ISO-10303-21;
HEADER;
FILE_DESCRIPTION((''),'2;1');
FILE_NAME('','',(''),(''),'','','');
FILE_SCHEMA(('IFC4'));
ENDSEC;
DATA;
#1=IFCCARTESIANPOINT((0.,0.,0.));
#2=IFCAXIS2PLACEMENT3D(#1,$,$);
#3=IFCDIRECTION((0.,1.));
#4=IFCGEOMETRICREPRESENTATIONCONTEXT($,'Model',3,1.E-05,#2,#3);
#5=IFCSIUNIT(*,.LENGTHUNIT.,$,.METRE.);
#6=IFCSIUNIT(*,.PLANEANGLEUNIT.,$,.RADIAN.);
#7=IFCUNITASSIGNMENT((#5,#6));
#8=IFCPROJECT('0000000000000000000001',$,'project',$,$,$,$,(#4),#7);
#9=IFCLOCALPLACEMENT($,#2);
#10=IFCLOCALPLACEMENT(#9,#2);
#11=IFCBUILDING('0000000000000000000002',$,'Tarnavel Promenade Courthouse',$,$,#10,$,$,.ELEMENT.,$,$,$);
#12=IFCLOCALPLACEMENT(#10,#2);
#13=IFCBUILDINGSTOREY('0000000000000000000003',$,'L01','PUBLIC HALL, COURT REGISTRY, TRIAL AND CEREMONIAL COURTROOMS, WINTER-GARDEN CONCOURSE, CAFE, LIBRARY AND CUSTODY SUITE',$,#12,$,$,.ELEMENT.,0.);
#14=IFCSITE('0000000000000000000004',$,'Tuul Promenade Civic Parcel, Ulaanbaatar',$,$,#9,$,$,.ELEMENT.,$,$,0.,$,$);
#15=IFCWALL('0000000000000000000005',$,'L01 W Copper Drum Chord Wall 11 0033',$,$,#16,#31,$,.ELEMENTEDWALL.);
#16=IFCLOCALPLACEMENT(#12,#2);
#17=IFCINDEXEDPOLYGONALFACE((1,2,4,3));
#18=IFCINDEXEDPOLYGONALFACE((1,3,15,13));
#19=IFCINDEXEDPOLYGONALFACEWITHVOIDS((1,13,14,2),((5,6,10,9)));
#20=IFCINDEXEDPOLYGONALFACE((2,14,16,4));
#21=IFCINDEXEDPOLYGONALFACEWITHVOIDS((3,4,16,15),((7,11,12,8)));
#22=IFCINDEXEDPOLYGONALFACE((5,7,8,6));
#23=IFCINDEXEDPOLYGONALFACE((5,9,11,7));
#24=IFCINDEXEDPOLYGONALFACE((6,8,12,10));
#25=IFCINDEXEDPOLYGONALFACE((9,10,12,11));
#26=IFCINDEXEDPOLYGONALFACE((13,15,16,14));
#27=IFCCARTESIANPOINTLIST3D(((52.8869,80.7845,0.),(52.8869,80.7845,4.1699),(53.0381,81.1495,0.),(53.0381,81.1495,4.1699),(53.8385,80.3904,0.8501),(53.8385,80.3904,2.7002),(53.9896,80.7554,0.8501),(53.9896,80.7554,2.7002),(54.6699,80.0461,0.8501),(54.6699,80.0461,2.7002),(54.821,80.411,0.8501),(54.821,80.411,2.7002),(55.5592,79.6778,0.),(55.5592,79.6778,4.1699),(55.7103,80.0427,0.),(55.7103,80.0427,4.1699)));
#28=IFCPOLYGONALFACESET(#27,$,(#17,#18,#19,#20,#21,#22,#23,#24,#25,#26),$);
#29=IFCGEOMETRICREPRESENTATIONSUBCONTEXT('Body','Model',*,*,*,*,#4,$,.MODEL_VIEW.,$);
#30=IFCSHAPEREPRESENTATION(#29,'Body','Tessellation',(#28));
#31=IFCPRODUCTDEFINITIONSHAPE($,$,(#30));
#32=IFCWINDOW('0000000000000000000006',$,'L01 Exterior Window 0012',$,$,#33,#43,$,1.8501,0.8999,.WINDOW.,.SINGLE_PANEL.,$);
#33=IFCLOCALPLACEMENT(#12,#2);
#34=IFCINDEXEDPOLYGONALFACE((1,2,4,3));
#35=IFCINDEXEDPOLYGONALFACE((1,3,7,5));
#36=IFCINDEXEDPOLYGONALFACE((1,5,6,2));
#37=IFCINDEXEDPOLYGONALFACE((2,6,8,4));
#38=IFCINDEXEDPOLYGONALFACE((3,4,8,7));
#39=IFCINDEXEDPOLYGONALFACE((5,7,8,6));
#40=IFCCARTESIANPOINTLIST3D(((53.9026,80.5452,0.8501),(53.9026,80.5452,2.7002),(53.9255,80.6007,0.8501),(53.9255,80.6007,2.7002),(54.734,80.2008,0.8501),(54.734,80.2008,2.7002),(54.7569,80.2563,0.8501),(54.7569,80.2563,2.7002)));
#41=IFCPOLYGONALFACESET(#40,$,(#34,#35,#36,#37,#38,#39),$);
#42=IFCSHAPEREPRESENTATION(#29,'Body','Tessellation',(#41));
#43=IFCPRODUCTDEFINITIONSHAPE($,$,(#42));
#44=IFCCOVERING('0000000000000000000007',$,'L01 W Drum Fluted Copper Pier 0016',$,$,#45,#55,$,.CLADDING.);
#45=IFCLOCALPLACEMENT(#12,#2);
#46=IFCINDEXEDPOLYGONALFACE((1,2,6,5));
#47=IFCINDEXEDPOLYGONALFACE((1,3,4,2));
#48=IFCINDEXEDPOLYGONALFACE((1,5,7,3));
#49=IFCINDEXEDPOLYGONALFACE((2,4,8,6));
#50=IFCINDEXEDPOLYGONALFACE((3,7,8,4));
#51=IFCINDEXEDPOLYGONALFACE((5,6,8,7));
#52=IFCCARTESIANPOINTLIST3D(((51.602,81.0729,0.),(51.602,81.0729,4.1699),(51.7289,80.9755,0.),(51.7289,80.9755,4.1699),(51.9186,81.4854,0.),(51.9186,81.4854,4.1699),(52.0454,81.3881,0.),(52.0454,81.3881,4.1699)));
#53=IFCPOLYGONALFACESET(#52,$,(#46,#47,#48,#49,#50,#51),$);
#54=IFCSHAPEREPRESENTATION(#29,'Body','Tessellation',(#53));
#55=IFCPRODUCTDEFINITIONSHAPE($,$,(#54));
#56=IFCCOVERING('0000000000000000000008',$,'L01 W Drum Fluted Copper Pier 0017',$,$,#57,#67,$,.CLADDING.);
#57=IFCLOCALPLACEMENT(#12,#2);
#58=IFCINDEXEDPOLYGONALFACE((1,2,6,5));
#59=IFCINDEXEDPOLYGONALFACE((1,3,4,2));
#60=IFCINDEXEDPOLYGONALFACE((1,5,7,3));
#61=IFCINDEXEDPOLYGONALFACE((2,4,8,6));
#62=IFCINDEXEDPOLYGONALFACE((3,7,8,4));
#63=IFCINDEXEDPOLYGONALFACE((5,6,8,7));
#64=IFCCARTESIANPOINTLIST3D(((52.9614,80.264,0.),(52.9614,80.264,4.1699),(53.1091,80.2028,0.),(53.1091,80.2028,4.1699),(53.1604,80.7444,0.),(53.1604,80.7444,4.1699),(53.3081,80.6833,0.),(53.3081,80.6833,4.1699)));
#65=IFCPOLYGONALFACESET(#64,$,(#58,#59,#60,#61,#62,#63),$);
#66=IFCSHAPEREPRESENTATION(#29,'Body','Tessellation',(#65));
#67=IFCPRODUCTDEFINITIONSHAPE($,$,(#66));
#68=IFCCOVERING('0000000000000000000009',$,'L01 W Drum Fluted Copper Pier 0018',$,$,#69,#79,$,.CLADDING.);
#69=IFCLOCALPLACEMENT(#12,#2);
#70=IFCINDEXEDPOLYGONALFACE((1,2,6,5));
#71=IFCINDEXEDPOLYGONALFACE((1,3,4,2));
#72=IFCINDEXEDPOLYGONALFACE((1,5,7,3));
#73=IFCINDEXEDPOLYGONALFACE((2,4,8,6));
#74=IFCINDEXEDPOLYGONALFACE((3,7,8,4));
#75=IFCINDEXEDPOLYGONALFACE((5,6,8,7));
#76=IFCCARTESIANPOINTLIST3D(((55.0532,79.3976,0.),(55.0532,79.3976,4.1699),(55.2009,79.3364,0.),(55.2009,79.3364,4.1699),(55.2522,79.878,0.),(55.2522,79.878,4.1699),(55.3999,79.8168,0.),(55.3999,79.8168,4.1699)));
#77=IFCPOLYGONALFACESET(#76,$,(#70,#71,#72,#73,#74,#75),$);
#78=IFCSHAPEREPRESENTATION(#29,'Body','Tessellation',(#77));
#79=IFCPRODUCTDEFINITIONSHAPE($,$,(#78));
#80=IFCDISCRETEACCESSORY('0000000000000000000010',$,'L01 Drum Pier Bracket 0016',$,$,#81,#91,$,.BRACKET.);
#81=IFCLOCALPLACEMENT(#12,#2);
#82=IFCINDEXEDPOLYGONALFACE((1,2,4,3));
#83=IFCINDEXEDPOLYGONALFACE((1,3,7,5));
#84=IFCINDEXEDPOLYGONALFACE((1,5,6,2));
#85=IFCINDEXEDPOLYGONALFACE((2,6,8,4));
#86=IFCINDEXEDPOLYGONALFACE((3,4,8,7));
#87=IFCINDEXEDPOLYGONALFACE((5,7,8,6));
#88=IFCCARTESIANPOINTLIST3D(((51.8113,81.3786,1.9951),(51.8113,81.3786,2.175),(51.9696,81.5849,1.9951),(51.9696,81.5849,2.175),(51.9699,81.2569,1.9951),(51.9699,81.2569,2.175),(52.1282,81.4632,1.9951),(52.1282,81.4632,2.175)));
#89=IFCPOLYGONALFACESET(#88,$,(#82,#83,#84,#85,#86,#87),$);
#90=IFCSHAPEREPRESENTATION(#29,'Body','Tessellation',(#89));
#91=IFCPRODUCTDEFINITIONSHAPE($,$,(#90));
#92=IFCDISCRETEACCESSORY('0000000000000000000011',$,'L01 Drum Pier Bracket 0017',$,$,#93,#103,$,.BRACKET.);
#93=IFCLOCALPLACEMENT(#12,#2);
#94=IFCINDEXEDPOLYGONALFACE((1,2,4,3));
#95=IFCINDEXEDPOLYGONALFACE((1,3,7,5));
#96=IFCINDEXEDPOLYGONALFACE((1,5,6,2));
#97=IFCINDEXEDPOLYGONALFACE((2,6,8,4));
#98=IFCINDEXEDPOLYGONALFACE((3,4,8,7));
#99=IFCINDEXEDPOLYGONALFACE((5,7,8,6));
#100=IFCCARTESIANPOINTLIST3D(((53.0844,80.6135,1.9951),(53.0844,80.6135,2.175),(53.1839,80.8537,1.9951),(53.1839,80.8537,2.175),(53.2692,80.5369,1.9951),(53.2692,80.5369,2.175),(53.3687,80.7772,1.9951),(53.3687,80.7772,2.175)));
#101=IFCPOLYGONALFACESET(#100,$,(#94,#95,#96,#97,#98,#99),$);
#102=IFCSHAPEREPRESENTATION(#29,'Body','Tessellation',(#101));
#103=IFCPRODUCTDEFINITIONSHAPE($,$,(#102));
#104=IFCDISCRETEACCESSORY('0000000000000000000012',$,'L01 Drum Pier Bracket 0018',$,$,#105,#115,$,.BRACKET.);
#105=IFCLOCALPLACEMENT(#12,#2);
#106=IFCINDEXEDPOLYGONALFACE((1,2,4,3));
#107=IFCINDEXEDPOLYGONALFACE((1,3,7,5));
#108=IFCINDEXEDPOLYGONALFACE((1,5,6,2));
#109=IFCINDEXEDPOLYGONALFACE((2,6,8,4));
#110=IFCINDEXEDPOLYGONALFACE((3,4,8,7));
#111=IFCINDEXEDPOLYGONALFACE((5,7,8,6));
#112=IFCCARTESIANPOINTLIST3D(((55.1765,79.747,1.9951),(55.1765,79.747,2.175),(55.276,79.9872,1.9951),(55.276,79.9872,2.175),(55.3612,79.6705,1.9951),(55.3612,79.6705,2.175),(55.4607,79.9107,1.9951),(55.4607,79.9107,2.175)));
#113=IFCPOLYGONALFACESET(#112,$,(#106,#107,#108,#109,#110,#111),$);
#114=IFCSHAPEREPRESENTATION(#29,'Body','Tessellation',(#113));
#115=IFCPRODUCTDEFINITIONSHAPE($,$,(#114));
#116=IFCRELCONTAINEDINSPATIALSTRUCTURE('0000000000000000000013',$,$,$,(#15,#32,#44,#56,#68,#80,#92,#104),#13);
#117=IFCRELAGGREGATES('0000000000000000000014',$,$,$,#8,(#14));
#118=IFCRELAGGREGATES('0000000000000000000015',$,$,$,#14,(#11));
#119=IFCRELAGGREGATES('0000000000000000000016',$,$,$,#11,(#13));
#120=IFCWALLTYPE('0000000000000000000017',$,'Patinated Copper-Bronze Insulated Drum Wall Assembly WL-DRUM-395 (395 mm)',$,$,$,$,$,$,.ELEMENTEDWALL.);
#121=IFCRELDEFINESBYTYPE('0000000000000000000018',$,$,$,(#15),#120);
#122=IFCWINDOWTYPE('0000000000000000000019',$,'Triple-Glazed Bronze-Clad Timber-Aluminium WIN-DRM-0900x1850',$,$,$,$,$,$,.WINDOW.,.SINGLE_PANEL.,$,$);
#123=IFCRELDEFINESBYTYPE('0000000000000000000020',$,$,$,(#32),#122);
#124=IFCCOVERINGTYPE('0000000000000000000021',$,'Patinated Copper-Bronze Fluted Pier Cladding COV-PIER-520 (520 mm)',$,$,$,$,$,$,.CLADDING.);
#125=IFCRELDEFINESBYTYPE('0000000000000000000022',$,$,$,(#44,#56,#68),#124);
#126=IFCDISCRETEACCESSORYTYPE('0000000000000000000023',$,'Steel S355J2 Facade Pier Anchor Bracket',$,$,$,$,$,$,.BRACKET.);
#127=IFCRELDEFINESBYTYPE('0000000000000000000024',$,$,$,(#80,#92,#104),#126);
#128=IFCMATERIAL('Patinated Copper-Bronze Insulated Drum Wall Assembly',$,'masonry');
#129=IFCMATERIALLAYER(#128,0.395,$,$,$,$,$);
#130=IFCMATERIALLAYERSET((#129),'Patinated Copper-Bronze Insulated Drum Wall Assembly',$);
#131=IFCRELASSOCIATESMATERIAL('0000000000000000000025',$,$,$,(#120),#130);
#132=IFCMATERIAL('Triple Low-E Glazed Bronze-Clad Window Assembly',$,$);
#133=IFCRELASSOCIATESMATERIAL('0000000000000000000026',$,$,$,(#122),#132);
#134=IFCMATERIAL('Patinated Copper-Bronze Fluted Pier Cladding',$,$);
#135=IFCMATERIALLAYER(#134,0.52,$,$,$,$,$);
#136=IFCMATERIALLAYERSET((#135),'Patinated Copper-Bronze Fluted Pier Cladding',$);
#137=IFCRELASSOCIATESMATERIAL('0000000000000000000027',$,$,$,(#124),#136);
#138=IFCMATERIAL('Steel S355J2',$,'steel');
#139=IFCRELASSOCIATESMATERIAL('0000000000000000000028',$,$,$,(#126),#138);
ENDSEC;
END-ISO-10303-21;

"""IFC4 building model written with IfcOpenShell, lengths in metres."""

from ifc_helpers import new_model, si_unit, direction, frame, frame_2d, origin, origin_2d, place, context, subcontext, project, spatial, rectangle, extrude, material, layer, layer_set, type_object, element, fill, save


model = new_model("IFC4")

# Units and contexts
model_context = context("Model", 3, precision=1e-05, world=origin(), true_north=direction((0.0, 1.0)))
body_context = subcontext(model_context, "Body", "Model", "MODEL_VIEW")
ifc_project = project(units=[si_unit("LENGTHUNIT", "METRE"), si_unit("PLANEANGLEUNIT", "RADIAN")], contexts=[model_context])

# Site, building, storey
site_placement = place(None, origin())
site = spatial("IfcSite", under=ifc_project, at=site_placement, Name="Tuul Promenade Civic Parcel, Ulaanbaatar", CompositionType="ELEMENT", RefElevation=0.0)
building_placement = place(site_placement, origin())
building = spatial("IfcBuilding", under=site, at=building_placement, Name="Tarnavel Promenade Courthouse", CompositionType="ELEMENT")
storey_placement = place(building_placement, origin())
storey = spatial("IfcBuildingStorey", under=building, at=storey_placement, Name="L01", Description="PUBLIC HALL, COURT REGISTRY, TRIAL AND CEREMONIAL COURTROOMS, WINTER-GARDEN CONCOURSE, CAFE, LIBRARY AND CUSTODY SUITE", CompositionType="ELEMENT", Elevation=0.0)

# Shared definitions
ifc_material_1 = material(Name="Steel S355J2", Category="steel")

# Wall, opening, window
ifc_material_2 = material(Name="Patinated Copper-Bronze Insulated Drum Wall Assembly", Category="masonry")
ifc_layer_1 = layer(ifc_material_2, 0.395)
ifc_layer_set_1 = layer_set([ifc_layer_1], Name="Patinated Copper-Bronze Insulated Drum Wall Assembly")
wall_type = type_object("IfcWallType", Name="Patinated Copper-Bronze Insulated Drum Wall Assembly WL-DRUM-395 (395 mm)", PredefinedType="ELEMENTEDWALL", material=ifc_layer_set_1)
wall_placement = place(storey_placement, frame((52.9624, 80.967, 0.0), z_axis=(0.0, 0.0, 1.0), x_axis=(0.923896, -0.382643, 0.0)))
wall = element("IfcWall", 1, at=wall_placement, inside=storey, type_object=wall_type, Name="L01 W Copper Drum Chord Wall 11 0033", PredefinedType="ELEMENTEDWALL", context=body_context, shape_type="SweptSolid", body=[
    extrude(rectangle(XDim=2.8923, YDim=0.395, at=frame_2d((1.4463, 0.0))), origin(), (0.0, 0.0, 1.0), 4.1699),
])
opening_placement = place(wall_placement, frame((1.03, 0.0, 0.8501)))
opening = element("IfcOpeningElement", 2, at=opening_placement, cuts=wall, PredefinedType="OPENING", context=body_context, shape_type="SweptSolid", body=[
    extrude(rectangle(XDim=0.8999, YDim=1.8501, at=frame_2d((0.45, 0.925))), frame((0.0, 0.2075, 0.0), z_axis=(0.0, -1.0, 0.0), x_axis=(1.0, 0.0, 0.0)), (0.0, 0.0, 1.0), 0.415),
])
ifc_material_3 = material(Name="Triple Low-E Glazed Bronze-Clad Window Assembly")
window_type = type_object("IfcWindowType", Name="Triple-Glazed Bronze-Clad Timber-Aluminium WIN-DRM-0900x1850", PartitioningType="SINGLE_PANEL", PredefinedType="WINDOW", material=ifc_material_3)
window_placement = place(opening_placement, origin())
window = element("IfcWindow", 3, at=window_placement, inside=storey, type_object=window_type, Name="L01 Exterior Window 0012", OverallHeight=1.8501, OverallWidth=0.8999, PartitioningType="SINGLE_PANEL", PredefinedType="WINDOW", context=body_context, shape_type="SweptSolid", body=[
    extrude(rectangle(XDim=0.8999, YDim=1.8501, at=frame_2d((0.45, 0.925))), frame((0.0, 0.03, 0.0), z_axis=(0.0, -1.0, 0.0), x_axis=(1.0, 0.0, 0.0)), (0.0, 0.0, 1.0), 0.0601),
])
fill(opening, window)

# Coverings
ifc_material_4 = material(Name="Patinated Copper-Bronze Fluted Pier Cladding")
ifc_layer_2 = layer(ifc_material_4, 0.52)
ifc_layer_set_2 = layer_set([ifc_layer_2], Name="Patinated Copper-Bronze Fluted Pier Cladding")
covering_type = type_object("IfcCoveringType", Name="Patinated Copper-Bronze Fluted Pier Cladding COV-PIER-520 (520 mm)", PredefinedType="CLADDING", material=ifc_layer_set_2)
for number, where, z_axis, x_axis, name in (
    (4, (51.8237, 81.2305, 0.0), (0.0, 0.0, 1.0), (0.793353, -0.608761, 0.0), "L01 W Drum Fluted Copper Pier 0016"),
    (5, (53.1348, 80.4736, 0.0), (0.0, 0.0, 1.0), (0.92388, -0.382683, 0.0), "L01 W Drum Fluted Copper Pier 0017"),
    (6, (55.2266, 79.6072, 0.0), (0.0, 0.0, 1.0), (0.92388, -0.382683, 0.0), "L01 W Drum Fluted Copper Pier 0018"),
):
    element("IfcCovering", number, at=place(storey_placement, frame(where, z_axis=z_axis, x_axis=x_axis)), inside=storey, type_object=covering_type, Name=name, PredefinedType="CLADDING", context=body_context, shape_type="SweptSolid", body=[
        extrude(rectangle(XDim=0.1599, YDim=0.52, at=origin_2d()), origin(), (0.0, 0.0, 1.0), 4.1699),
    ])

# Discrete accessories
discrete_accessory_type = type_object("IfcDiscreteAccessoryType", Name="Steel S355J2 Facade Pier Anchor Bracket", PredefinedType="BRACKET", material=ifc_material_1)
for number, where, z_axis, x_axis, name in (
    (7, (51.9697, 81.4209, 1.9951), (0.0, 0.0, 1.0), (0.793353, -0.608761, 0.0), "L01 Drum Pier Bracket 0016"),
    (8, (53.2266, 80.6953, 1.9951), (0.0, 0.0, 1.0), (0.92388, -0.382683, 0.0), "L01 Drum Pier Bracket 0017"),
    (9, (55.3186, 79.8289, 1.9951), (0.0, 0.0, 1.0), (0.92388, -0.382683, 0.0), "L01 Drum Pier Bracket 0018"),
):
    element("IfcDiscreteAccessory", number, at=place(storey_placement, frame(where, z_axis=z_axis, x_axis=x_axis)), inside=storey, type_object=discrete_accessory_type, Name=name, PredefinedType="BRACKET", context=body_context, shape_type="SweptSolid", body=[
        extrude(rectangle(XDim=0.2, YDim=0.26, at=origin_2d()), origin(), (0.0, 0.0, 1.0), 0.1799),
    ])

save(model, "model.ifc")
